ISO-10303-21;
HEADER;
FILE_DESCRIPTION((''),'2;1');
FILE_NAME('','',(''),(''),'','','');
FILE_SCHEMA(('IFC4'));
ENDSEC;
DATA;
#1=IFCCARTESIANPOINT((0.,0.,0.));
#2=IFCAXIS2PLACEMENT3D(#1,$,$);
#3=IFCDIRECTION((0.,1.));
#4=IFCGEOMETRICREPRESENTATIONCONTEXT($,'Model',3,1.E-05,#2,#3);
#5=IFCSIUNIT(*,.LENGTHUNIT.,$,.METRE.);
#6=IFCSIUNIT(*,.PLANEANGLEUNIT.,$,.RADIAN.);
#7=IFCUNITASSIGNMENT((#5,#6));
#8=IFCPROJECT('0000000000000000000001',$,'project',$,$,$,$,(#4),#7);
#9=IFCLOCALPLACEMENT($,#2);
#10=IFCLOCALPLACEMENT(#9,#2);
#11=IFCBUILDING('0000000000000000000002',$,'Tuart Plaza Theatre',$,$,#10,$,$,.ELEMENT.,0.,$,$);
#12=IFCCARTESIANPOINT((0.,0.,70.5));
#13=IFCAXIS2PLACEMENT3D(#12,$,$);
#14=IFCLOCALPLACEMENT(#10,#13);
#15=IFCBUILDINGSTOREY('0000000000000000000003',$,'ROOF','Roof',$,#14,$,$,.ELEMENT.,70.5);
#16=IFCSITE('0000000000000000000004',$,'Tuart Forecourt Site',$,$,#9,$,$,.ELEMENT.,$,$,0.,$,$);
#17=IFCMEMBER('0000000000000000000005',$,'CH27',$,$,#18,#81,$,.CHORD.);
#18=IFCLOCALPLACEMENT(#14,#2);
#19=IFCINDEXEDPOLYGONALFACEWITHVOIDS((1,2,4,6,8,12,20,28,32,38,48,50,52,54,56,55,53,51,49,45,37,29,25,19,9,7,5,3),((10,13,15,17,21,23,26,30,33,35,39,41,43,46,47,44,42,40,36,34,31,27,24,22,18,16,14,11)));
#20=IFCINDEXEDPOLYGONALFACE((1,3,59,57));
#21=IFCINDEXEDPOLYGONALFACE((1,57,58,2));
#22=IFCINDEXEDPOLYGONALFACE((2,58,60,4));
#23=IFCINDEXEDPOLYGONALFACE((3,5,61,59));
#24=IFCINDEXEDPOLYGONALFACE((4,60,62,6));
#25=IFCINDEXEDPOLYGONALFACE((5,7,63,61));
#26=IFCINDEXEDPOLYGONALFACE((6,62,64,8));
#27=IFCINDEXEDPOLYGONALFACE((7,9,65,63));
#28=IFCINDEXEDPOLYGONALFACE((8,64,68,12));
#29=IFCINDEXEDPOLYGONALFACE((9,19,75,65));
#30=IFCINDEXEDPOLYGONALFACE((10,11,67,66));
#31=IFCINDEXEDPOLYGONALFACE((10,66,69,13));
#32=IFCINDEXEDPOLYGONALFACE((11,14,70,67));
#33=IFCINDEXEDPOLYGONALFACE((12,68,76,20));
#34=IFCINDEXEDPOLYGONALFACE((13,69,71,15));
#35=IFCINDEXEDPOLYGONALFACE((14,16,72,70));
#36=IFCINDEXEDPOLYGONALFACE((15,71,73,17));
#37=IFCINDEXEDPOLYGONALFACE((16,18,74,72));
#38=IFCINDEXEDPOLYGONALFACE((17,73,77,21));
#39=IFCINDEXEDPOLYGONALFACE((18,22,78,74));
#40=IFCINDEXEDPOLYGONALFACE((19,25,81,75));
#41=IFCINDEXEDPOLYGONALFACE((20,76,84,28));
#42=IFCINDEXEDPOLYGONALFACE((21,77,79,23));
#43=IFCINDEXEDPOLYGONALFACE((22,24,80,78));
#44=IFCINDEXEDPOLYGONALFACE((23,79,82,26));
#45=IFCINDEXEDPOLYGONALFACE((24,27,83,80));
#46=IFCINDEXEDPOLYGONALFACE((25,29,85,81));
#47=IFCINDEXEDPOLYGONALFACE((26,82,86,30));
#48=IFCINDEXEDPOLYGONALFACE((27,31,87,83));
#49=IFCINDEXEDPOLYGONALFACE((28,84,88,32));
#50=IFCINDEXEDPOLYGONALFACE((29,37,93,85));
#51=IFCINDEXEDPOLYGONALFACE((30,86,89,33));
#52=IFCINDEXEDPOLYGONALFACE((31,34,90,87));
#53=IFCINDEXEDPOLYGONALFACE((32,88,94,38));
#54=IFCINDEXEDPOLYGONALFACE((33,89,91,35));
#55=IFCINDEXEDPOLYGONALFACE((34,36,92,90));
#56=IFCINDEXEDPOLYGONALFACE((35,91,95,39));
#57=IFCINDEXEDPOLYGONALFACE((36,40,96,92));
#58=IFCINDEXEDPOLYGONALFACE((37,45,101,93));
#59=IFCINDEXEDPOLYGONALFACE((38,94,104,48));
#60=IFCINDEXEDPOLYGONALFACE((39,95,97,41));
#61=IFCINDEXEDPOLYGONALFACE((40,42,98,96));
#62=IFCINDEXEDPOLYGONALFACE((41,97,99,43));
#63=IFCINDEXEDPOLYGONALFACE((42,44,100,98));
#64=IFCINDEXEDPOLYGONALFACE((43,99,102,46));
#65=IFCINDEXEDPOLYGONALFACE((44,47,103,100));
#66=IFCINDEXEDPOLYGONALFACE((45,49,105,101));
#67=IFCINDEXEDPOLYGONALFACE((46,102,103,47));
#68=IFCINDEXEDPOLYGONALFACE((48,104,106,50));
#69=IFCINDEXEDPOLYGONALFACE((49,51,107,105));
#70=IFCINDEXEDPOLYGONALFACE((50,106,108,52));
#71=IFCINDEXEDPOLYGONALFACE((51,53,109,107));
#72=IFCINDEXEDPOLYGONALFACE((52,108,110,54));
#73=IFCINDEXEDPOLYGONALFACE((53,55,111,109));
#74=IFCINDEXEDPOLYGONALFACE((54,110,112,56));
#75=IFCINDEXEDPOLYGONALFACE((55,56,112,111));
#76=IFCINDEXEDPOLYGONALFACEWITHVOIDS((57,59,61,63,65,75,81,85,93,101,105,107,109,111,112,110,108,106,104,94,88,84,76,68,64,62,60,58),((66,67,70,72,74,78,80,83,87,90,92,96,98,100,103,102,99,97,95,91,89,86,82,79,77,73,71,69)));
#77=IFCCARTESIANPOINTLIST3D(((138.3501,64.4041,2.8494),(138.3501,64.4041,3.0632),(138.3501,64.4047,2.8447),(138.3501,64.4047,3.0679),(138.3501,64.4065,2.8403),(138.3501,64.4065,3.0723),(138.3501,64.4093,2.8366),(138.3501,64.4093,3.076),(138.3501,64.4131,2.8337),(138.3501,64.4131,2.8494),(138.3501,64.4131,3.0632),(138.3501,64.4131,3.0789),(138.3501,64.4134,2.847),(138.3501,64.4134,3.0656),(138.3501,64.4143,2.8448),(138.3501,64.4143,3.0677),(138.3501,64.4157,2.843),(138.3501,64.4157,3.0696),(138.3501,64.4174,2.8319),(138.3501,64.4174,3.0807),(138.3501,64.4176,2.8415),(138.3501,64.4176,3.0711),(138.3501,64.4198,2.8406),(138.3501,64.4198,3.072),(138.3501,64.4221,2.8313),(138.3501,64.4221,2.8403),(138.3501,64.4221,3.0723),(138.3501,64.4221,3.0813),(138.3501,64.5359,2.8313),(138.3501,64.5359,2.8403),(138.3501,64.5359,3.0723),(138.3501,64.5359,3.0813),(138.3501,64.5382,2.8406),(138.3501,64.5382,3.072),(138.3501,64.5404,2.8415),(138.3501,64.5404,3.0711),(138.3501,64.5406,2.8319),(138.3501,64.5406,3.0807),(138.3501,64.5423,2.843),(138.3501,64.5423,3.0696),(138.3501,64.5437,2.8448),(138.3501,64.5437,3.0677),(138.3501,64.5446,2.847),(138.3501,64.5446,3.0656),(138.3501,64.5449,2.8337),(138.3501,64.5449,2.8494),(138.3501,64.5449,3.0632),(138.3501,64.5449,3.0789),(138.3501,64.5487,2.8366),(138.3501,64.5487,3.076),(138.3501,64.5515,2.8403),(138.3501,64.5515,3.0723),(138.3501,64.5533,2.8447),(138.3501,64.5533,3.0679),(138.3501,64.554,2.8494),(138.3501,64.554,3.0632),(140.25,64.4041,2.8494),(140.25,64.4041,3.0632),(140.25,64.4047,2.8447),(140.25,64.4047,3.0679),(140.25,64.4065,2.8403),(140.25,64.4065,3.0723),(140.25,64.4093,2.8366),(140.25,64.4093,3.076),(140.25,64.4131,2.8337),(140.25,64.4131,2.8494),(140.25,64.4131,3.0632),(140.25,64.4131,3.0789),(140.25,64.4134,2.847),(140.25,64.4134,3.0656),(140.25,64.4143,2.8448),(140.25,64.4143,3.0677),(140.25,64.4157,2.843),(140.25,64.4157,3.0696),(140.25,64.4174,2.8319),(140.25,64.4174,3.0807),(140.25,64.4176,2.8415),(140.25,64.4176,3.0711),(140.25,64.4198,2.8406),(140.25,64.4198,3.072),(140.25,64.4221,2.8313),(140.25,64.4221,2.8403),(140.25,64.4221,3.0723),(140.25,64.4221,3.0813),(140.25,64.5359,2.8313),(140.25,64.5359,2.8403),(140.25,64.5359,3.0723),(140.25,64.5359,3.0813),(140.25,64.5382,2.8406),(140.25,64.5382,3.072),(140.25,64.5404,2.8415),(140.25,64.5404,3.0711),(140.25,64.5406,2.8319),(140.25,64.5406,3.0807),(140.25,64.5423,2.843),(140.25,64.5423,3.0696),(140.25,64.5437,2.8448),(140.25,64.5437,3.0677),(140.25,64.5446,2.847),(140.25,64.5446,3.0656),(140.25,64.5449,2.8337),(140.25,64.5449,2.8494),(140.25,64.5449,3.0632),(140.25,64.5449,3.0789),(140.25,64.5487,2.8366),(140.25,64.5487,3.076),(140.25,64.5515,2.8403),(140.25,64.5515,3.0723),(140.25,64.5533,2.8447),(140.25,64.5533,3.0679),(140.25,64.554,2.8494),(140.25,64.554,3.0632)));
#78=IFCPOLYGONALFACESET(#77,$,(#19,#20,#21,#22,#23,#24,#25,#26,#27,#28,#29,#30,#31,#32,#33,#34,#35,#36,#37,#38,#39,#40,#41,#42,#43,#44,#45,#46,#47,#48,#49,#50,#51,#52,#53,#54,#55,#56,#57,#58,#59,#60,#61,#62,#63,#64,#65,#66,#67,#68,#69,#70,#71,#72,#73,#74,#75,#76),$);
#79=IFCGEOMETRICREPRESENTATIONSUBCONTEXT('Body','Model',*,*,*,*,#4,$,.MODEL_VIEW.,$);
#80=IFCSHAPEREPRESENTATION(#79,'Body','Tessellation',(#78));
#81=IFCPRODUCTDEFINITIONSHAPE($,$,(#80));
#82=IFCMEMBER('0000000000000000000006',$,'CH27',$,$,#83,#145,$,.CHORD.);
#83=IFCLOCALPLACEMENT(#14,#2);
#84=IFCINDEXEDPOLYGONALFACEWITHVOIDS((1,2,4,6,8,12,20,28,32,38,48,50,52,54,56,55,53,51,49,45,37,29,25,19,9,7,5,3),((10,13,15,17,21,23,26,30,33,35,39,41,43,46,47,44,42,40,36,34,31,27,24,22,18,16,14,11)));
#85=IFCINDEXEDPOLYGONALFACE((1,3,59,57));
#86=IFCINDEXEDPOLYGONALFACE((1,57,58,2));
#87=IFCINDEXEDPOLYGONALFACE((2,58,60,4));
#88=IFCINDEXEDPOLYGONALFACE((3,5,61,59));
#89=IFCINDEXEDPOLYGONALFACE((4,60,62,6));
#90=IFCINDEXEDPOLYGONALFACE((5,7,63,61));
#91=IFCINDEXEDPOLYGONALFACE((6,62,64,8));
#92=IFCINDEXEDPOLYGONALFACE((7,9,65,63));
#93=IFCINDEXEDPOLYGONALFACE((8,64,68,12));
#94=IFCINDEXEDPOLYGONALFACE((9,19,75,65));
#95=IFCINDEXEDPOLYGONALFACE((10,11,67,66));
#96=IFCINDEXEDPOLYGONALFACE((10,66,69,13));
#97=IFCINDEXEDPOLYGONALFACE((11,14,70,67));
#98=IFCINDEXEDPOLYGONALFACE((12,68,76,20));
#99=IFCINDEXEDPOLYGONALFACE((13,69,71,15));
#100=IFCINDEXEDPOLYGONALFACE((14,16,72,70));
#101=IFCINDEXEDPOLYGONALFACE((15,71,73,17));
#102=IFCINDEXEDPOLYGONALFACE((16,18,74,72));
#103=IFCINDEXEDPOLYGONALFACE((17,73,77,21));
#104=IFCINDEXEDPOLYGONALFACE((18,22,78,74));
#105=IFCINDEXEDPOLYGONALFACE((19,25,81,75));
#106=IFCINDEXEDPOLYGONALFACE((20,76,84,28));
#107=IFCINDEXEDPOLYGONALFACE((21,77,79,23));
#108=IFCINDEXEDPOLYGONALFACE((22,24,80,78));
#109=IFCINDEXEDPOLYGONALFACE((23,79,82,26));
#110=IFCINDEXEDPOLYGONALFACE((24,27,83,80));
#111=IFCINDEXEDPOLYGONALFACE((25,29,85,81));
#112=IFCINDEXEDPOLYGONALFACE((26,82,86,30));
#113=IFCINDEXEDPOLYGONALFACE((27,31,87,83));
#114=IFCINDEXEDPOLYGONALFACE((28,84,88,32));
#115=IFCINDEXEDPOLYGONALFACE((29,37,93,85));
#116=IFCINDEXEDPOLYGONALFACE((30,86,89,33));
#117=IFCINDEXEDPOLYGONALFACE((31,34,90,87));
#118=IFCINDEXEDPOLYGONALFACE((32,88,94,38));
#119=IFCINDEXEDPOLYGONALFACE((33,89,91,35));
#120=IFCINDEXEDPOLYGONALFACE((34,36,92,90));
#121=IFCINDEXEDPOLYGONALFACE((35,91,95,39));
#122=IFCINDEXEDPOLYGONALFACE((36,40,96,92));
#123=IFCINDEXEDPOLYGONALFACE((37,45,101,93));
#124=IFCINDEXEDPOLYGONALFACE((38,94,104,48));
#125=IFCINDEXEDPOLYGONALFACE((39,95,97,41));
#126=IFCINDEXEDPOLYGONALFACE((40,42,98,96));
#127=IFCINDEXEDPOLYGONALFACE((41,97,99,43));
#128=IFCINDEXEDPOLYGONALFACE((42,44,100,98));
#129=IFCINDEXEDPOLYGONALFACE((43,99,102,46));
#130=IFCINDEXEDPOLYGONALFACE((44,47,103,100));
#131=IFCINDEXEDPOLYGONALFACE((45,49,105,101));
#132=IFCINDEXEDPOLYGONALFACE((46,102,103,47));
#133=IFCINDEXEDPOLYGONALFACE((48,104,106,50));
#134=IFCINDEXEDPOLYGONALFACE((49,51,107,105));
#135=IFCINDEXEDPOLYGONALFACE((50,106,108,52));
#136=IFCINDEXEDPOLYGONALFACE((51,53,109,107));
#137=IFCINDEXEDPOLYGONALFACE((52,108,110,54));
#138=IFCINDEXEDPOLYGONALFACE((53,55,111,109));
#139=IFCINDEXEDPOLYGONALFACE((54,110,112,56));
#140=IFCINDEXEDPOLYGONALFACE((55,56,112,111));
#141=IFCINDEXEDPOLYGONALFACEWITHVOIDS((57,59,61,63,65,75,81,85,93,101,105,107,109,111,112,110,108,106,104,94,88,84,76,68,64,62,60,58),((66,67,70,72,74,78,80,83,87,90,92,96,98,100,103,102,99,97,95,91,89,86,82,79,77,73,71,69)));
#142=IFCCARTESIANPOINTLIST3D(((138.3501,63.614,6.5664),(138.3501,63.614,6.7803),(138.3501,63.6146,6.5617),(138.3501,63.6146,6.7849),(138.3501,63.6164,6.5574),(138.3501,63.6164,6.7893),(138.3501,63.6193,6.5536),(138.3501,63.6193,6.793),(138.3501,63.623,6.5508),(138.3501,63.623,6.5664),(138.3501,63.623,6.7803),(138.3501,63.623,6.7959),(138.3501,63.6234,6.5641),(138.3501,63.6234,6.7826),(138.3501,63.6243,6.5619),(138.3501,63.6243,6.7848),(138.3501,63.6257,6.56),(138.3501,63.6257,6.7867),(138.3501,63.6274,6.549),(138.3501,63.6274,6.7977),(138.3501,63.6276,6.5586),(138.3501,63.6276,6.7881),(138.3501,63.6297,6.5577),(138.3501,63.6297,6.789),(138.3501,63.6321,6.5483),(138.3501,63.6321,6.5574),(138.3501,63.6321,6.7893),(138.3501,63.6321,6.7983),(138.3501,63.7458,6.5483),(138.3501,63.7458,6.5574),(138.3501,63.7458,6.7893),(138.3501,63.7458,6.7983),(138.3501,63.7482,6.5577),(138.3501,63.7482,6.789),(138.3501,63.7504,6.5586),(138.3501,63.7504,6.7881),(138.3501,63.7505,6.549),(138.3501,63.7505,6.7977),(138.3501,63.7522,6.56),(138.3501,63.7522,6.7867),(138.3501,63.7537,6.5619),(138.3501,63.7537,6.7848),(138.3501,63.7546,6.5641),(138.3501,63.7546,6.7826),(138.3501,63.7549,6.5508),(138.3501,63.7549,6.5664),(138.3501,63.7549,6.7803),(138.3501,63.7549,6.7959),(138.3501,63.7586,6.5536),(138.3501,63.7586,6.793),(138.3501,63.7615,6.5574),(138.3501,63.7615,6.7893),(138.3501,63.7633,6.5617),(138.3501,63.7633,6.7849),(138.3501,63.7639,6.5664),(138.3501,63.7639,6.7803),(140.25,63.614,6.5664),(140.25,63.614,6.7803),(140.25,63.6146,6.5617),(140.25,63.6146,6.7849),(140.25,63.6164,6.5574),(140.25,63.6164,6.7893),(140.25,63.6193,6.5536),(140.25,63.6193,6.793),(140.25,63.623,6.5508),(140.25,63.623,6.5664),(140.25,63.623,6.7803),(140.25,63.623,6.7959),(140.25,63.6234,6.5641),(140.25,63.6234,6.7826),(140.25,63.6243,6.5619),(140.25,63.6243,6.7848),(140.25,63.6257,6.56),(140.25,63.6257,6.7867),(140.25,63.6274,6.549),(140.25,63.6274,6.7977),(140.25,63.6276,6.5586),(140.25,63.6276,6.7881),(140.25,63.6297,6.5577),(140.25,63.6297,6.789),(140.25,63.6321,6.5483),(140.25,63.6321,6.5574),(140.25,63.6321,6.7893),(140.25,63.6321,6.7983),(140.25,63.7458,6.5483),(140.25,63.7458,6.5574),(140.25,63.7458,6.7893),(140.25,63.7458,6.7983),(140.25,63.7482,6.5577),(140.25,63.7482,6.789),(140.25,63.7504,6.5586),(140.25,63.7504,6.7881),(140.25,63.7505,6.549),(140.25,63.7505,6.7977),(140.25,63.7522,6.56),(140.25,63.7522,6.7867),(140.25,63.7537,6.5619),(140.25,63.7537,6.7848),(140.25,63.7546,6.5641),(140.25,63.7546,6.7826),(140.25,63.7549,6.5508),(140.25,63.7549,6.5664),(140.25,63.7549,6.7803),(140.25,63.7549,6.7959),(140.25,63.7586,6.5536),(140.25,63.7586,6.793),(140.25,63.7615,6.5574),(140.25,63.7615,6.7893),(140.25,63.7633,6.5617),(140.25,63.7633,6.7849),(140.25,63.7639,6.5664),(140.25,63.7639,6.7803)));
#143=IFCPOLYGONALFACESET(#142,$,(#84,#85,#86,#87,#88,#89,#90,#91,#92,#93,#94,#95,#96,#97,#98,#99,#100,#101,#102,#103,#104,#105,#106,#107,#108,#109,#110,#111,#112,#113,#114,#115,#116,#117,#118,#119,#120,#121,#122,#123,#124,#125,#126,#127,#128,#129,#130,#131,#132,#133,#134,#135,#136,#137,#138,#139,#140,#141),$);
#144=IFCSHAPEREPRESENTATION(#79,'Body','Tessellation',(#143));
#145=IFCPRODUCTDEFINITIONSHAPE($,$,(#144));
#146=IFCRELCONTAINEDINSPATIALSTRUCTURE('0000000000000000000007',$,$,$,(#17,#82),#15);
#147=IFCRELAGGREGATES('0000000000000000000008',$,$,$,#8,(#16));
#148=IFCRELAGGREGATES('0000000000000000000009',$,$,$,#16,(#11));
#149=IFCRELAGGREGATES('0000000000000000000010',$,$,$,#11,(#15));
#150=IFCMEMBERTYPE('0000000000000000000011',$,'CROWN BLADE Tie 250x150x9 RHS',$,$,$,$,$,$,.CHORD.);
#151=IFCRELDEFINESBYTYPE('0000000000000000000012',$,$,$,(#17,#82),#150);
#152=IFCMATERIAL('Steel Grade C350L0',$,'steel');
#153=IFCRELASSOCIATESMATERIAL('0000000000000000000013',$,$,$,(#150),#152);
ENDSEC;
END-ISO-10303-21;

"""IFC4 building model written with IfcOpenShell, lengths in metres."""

from ifc_helpers import new_model, si_unit, direction, frame, origin, origin_2d, place, context, subcontext, project, spatial, hollow_rectangle, extrude, material, material_profile, profile_set, type_object, element, save


model = new_model("IFC4")

# Units and contexts
model_context = context("Model", 3, precision=1e-05, world=origin(), true_north=direction((0.0, 1.0)))
body_context = subcontext(model_context, "Body", "Model", "MODEL_VIEW")
ifc_project = project(units=[si_unit("LENGTHUNIT", "METRE"), si_unit("PLANEANGLEUNIT", "RADIAN")], contexts=[model_context])

# Site, building, storey
site_placement = place(None, origin())
site = spatial("IfcSite", under=ifc_project, at=site_placement, Name="Tuart Forecourt Site", CompositionType="ELEMENT", RefElevation=0.0)
building_placement = place(site_placement, origin())
building = spatial("IfcBuilding", under=site, at=building_placement, Name="Tuart Plaza Theatre", CompositionType="ELEMENT", ElevationOfRefHeight=0.0)
storey_placement = place(building_placement, frame((0.0, 0.0, 70.5)))
storey = spatial("IfcBuildingStorey", under=building, at=storey_placement, Name="ROOF", Description="Roof", CompositionType="ELEMENT", Elevation=70.5)

# Members
ifc_material_1 = material(Name="Steel Grade C350L0", Category="steel")
ifc_material_profile_1 = material_profile(ifc_material_1, hollow_rectangle(XDim=0.1499, YDim=0.25, WallThickness=0.009, InnerFilletRadius=0.009, OuterFilletRadius=0.0181, at=origin_2d()), Name="250x150x9 RHS")
ifc_profile_set_1 = profile_set([ifc_material_profile_1], Name="Steel Grade C350L0")
member_type_1 = type_object("IfcMemberType", Name="CROWN BLADE Tie 250x150x9 RHS", PredefinedType="CHORD", material=ifc_profile_set_1)
for number, where, z_axis, x_axis, name in (
    (1, (138.3501, 64.479, 2.9563), (1.0, 0.0, 0.0), (0.0, 1.0, 0.0), "CH27"),
    (2, (138.3501, 63.689, 6.6733), (1.0, 0.0, 0.0), (0.0, 1.0, 0.0), "CH27"),
):
    element("IfcMember", number, at=place(storey_placement, frame(where, z_axis=z_axis, x_axis=x_axis)), inside=storey, type_object=member_type_1, Name=name, PredefinedType="CHORD", context=body_context, shape_type="SweptSolid", body=[
        extrude(hollow_rectangle(XDim=0.1499, YDim=0.25, WallThickness=0.009, InnerFilletRadius=0.009, OuterFilletRadius=0.0181, at=origin_2d()), origin(), (0.0, 0.0, 1.0), 1.8999),
    ])

save(model, "model.ifc")
